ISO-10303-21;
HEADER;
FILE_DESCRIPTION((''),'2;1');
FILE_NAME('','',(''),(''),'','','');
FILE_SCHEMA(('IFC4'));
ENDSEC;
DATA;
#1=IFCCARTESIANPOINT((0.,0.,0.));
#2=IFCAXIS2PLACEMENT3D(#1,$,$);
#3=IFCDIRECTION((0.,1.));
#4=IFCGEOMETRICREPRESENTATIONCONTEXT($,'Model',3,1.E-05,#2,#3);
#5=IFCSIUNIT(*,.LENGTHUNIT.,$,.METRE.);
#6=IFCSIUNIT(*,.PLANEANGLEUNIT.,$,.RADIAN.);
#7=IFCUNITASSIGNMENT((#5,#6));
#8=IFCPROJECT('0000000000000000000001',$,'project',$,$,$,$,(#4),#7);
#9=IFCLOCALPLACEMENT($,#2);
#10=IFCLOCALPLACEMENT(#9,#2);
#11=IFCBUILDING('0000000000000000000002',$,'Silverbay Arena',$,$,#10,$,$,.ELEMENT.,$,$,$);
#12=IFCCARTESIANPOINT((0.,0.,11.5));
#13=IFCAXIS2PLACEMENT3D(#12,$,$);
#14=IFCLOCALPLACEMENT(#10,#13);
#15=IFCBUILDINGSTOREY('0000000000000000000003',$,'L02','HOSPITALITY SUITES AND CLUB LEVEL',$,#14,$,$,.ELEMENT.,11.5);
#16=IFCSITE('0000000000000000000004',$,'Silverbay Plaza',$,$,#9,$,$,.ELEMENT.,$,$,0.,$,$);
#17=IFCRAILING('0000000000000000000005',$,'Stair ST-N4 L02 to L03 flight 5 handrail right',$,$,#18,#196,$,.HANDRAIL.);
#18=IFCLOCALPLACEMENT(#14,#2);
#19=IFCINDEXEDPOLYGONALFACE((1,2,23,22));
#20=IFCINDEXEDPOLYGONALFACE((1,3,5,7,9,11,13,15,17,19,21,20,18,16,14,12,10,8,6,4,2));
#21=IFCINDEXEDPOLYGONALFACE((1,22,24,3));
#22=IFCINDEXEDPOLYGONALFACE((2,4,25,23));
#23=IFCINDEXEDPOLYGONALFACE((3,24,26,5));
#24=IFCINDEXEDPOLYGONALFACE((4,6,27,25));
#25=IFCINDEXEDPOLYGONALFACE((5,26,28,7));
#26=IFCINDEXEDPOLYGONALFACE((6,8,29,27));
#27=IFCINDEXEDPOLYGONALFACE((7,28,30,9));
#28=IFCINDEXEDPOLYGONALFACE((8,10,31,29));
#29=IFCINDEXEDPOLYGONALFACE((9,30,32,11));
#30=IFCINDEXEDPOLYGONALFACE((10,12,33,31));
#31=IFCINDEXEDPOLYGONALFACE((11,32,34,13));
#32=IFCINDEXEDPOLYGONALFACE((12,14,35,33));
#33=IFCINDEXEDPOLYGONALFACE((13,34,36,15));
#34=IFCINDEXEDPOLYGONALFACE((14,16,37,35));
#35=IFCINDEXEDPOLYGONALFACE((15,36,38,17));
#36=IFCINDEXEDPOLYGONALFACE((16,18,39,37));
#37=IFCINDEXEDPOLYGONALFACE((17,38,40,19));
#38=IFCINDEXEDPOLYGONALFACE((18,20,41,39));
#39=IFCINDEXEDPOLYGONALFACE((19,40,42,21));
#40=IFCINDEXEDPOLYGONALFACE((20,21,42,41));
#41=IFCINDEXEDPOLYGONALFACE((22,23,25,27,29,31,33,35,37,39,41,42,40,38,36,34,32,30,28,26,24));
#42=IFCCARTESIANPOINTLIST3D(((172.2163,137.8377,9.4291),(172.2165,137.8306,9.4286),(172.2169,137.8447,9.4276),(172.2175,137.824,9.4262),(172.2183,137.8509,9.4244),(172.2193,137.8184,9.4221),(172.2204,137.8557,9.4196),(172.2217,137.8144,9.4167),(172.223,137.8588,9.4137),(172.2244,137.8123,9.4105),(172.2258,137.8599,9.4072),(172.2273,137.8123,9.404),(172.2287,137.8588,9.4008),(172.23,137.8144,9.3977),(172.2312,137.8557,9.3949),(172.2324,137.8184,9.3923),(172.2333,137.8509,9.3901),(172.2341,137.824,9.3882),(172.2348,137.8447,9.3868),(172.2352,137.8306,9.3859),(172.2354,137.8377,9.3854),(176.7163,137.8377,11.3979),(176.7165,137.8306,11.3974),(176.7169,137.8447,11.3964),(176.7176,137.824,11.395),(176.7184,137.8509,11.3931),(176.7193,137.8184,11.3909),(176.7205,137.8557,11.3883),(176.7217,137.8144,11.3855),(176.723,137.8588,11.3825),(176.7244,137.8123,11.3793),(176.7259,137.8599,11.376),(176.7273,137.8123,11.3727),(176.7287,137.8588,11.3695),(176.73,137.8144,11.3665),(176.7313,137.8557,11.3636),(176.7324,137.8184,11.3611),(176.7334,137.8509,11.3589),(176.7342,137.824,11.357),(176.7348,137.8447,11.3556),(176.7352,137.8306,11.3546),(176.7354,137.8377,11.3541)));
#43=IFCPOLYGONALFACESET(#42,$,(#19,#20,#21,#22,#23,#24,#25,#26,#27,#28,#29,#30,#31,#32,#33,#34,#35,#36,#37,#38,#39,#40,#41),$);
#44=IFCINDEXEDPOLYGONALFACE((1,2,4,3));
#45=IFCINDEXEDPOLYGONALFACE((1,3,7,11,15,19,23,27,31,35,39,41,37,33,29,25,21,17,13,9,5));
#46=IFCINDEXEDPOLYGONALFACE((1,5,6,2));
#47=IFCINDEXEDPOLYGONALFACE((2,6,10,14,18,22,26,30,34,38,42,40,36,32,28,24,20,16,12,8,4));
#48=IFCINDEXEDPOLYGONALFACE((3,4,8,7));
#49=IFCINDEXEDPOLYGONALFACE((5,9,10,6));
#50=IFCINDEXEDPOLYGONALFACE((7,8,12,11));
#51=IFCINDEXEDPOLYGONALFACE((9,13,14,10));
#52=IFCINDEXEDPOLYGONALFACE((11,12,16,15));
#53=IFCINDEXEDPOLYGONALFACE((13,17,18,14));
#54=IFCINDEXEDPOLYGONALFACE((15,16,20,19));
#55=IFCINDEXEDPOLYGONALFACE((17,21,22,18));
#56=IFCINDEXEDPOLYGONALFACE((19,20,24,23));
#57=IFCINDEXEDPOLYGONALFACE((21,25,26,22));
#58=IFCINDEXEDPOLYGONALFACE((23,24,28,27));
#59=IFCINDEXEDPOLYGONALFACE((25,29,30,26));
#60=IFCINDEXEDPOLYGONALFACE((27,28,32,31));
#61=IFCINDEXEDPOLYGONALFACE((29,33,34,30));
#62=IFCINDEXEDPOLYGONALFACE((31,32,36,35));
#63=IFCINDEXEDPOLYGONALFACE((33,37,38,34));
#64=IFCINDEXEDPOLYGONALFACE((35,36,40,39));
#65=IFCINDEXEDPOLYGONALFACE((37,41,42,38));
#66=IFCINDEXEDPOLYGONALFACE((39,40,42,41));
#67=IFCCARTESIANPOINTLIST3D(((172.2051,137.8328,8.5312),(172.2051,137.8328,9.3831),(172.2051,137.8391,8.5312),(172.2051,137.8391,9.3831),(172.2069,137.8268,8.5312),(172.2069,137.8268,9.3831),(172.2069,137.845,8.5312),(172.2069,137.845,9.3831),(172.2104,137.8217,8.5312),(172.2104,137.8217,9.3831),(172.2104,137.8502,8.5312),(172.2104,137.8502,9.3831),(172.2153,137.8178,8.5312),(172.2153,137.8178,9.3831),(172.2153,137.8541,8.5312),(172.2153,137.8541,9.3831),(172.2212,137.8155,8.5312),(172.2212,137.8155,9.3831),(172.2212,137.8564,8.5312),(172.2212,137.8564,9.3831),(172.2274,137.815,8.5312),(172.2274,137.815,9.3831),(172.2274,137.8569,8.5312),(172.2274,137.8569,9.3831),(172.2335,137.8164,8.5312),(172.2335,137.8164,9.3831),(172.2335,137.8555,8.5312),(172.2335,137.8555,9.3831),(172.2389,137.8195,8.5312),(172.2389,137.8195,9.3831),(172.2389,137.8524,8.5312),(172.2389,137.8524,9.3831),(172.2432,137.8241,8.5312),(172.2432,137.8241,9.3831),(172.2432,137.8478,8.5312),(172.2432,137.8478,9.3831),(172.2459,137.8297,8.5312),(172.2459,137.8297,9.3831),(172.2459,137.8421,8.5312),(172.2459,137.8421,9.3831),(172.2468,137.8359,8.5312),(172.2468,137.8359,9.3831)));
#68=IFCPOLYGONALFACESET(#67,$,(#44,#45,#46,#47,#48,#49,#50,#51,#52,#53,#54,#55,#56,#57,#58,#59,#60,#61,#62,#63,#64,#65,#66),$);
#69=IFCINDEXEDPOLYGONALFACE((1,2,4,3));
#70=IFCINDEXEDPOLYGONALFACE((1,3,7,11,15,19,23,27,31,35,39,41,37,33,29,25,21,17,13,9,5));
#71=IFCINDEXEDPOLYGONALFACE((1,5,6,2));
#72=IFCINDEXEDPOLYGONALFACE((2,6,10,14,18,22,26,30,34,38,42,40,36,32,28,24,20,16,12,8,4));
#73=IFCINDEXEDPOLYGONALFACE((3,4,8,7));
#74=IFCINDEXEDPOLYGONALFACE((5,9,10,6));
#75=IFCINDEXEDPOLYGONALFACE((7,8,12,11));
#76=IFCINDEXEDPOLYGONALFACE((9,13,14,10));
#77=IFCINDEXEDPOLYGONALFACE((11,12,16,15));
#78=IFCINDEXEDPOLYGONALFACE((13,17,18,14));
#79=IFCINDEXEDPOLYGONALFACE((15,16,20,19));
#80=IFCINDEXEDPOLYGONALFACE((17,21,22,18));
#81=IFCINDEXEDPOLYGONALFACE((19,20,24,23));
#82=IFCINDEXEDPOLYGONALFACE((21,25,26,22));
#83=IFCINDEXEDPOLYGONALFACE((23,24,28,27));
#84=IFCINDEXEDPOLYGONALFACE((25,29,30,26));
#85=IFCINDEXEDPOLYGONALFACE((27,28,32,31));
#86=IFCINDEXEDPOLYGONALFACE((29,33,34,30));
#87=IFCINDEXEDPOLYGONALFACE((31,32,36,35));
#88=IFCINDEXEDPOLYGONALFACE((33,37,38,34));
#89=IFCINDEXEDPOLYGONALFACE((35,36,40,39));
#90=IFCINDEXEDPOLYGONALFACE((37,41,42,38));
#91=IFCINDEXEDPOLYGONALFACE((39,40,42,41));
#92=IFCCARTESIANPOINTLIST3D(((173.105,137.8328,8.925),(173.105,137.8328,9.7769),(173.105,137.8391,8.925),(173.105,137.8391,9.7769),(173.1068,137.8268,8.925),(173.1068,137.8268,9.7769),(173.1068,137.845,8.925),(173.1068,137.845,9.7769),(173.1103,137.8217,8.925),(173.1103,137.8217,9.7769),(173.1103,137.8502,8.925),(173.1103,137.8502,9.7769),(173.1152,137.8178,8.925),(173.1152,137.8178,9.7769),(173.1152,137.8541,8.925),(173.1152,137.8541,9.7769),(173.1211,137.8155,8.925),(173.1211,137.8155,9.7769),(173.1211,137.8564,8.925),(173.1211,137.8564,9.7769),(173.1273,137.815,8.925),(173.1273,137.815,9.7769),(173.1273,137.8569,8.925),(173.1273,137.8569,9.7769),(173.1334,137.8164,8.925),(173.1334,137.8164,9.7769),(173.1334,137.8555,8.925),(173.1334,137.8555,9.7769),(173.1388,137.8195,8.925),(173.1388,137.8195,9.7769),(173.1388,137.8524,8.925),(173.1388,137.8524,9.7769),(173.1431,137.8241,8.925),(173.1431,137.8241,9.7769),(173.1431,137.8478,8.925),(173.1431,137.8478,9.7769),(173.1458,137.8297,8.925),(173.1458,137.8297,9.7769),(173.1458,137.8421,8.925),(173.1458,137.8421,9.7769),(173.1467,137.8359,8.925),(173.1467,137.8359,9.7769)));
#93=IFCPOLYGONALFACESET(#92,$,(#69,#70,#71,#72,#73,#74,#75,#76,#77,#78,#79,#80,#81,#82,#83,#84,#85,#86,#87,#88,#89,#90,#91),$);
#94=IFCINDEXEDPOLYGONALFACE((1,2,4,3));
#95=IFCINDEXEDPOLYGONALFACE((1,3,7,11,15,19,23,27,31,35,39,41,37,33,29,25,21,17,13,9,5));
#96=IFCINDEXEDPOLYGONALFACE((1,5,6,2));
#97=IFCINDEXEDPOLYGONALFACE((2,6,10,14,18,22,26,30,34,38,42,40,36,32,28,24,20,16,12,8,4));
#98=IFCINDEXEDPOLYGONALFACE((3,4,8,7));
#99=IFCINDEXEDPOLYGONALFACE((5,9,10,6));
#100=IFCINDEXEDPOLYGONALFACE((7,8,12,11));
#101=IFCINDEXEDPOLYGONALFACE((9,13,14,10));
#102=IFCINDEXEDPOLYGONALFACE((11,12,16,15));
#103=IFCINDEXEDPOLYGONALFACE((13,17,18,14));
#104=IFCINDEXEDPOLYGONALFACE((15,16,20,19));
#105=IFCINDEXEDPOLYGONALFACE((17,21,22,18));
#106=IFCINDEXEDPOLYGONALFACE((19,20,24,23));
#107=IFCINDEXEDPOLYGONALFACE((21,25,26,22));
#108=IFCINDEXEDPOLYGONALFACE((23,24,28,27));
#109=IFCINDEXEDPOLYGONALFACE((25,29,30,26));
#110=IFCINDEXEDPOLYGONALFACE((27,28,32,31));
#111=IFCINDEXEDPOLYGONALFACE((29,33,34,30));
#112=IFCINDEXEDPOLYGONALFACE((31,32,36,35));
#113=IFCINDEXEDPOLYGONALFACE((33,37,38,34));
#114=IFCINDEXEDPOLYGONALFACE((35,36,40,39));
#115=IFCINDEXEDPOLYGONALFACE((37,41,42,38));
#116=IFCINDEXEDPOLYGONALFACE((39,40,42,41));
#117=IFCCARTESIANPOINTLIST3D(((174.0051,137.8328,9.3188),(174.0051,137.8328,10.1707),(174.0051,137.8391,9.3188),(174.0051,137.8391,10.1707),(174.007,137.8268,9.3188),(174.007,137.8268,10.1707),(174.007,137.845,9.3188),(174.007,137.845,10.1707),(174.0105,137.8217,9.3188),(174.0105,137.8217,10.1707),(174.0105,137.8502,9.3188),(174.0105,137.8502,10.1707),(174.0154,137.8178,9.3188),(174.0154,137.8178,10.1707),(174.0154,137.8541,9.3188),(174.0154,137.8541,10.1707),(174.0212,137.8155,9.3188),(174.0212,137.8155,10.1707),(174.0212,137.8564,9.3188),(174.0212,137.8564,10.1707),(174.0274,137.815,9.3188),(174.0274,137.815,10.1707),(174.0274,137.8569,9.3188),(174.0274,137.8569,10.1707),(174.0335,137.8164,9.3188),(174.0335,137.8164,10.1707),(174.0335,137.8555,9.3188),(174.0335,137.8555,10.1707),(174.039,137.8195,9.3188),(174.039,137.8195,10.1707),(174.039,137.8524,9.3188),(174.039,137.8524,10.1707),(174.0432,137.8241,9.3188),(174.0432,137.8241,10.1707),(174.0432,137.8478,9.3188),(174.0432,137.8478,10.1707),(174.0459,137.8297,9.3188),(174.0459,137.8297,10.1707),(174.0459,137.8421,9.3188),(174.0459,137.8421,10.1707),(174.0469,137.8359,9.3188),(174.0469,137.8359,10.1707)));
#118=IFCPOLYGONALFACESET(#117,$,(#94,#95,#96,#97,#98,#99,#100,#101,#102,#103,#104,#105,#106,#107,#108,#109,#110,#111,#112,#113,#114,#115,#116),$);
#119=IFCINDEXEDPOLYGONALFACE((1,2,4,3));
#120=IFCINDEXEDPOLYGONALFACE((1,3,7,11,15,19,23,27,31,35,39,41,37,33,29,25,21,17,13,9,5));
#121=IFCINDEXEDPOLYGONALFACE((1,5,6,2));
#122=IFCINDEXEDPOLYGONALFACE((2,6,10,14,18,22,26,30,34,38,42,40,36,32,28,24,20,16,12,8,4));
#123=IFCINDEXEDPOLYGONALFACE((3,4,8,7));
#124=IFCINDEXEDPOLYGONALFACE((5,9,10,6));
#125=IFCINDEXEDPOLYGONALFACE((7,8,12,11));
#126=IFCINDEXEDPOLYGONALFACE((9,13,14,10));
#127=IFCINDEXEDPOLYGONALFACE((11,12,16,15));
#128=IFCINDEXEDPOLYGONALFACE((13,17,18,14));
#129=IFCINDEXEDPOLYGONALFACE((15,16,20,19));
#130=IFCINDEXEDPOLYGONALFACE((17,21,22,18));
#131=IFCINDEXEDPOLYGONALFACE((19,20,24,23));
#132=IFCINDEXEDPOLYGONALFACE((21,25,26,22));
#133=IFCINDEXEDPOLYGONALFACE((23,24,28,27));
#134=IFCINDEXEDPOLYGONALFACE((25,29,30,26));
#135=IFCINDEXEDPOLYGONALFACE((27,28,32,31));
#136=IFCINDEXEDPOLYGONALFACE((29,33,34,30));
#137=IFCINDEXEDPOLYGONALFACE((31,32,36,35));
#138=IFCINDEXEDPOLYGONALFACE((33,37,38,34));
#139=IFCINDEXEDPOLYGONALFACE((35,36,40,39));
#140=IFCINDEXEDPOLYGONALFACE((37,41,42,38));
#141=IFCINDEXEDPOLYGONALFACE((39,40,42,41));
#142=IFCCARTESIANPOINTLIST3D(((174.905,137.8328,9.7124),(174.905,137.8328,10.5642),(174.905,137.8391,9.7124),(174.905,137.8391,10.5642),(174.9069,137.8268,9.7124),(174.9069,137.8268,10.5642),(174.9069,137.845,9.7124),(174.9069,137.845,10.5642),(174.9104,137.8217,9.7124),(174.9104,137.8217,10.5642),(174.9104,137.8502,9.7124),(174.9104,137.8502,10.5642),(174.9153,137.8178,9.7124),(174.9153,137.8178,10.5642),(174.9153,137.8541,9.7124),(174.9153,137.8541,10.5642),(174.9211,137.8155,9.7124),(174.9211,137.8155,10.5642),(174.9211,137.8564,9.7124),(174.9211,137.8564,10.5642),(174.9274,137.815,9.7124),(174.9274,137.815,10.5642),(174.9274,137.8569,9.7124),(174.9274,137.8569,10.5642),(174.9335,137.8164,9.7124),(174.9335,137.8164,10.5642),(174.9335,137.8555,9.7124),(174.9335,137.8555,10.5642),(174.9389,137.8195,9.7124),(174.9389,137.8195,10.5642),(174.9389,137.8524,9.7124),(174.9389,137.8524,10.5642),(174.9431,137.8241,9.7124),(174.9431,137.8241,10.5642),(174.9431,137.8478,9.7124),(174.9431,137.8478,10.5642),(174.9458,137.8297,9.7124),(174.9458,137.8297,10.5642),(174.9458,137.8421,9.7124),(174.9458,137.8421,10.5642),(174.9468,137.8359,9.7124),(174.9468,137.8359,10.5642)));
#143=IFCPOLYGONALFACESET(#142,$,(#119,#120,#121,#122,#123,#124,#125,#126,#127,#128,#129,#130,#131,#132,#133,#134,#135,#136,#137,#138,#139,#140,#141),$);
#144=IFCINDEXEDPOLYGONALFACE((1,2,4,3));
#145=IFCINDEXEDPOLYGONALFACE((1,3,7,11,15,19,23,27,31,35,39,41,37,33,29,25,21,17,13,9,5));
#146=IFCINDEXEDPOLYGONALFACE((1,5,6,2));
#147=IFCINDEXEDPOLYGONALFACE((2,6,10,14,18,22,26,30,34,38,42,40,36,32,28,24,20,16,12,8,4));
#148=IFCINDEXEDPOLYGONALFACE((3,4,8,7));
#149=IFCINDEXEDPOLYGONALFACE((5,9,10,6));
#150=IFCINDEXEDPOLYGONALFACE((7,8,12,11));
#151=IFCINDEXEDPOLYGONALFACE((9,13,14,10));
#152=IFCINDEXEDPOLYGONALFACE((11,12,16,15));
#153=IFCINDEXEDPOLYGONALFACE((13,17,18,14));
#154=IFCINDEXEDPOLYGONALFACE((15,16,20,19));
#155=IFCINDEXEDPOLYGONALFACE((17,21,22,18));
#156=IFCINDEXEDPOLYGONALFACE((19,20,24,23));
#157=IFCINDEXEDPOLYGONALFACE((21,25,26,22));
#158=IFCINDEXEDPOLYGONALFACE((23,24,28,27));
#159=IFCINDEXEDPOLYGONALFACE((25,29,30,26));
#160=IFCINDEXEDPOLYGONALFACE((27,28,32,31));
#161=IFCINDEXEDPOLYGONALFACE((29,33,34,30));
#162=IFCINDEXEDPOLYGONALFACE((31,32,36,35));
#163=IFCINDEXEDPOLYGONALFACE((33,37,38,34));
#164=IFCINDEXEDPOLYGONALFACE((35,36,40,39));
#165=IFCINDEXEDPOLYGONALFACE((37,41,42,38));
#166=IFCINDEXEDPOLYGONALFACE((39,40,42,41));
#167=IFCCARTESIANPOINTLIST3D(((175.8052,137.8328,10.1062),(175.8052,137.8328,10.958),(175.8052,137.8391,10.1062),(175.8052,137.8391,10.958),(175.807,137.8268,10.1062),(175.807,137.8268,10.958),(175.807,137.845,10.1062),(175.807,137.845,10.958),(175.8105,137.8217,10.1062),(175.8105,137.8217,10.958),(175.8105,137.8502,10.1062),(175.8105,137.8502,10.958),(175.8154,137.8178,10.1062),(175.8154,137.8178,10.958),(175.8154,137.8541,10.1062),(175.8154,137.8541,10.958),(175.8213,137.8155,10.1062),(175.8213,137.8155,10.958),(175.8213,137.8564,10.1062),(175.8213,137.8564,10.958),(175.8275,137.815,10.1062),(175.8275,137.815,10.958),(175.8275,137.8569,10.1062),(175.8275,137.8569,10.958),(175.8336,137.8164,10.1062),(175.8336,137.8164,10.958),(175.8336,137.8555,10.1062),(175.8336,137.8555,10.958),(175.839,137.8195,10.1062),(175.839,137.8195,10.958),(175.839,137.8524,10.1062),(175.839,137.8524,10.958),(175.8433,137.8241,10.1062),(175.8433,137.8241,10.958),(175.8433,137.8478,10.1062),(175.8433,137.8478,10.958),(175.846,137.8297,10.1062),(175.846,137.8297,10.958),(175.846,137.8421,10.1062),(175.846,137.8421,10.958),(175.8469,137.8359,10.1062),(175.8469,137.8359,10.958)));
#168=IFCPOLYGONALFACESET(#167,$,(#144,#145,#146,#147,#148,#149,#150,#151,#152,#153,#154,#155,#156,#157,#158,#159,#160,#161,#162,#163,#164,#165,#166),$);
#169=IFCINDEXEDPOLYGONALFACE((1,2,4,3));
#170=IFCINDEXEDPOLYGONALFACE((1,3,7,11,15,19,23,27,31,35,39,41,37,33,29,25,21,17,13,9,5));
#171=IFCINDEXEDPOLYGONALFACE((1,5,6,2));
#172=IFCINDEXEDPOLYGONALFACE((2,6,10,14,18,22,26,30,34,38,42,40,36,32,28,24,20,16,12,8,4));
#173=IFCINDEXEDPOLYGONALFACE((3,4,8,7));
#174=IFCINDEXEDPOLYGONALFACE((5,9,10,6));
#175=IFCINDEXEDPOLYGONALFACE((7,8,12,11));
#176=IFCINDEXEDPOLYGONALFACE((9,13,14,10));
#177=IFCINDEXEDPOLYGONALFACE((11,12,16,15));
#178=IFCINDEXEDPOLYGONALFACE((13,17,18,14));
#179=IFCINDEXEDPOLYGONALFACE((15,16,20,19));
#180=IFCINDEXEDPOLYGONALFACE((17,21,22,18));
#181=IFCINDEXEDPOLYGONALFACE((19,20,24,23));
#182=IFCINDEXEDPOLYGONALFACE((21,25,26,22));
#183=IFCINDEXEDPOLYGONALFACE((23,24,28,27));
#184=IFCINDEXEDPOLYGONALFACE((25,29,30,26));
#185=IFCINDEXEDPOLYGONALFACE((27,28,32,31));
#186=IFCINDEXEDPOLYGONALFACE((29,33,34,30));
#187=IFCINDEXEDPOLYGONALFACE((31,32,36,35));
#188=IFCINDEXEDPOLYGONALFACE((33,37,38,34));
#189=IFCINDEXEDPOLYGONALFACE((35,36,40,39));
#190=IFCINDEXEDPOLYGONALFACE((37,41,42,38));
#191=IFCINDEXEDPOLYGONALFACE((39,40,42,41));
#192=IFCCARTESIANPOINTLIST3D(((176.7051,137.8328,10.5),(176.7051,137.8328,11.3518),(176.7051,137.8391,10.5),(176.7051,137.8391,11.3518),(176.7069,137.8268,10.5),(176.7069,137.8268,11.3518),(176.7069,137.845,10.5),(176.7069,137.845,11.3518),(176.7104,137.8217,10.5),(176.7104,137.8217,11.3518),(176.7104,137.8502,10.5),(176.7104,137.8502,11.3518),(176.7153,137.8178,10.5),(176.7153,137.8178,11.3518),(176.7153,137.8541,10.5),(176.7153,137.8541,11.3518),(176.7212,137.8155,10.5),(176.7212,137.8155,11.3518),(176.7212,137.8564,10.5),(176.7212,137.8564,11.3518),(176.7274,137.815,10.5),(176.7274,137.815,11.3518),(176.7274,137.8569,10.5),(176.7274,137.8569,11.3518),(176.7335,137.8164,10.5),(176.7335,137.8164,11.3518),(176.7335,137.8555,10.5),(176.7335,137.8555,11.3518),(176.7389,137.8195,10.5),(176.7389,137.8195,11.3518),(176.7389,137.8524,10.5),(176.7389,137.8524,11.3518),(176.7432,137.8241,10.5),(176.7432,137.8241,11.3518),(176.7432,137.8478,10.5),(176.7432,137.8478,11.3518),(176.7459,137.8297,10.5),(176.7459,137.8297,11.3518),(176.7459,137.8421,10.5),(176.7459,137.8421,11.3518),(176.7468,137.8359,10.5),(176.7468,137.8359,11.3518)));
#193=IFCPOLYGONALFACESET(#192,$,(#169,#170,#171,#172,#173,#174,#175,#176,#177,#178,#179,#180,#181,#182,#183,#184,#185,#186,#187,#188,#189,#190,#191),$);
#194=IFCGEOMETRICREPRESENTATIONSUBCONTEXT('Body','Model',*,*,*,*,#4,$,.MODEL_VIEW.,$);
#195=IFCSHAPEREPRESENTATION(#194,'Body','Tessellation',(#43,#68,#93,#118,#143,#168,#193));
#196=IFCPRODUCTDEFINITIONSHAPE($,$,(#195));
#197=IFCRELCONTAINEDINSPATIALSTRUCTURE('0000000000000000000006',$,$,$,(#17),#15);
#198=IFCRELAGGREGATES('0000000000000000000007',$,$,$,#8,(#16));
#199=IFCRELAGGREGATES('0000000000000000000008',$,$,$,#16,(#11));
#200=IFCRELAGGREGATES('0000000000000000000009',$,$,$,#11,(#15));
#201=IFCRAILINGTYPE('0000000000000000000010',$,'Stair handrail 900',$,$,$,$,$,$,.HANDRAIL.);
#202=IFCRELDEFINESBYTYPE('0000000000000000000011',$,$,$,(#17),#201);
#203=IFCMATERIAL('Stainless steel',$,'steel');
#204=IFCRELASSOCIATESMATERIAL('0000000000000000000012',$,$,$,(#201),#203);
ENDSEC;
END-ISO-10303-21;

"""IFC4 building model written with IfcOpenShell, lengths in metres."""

from ifc_helpers import new_model, si_unit, direction, frame, origin, origin_2d, place, context, subcontext, project, spatial, circle, extrude, material, type_object, element, save


model = new_model("IFC4")

# Units and contexts
model_context = context("Model", 3, precision=1e-05, world=origin(), true_north=direction((0.0, 1.0)))
body_context = subcontext(model_context, "Body", "Model", "MODEL_VIEW")
ifc_project = project(units=[si_unit("LENGTHUNIT", "METRE"), si_unit("PLANEANGLEUNIT", "RADIAN")], contexts=[model_context])

# Site, building, storey
site_placement = place(None, origin())
site = spatial("IfcSite", under=ifc_project, at=site_placement, Name="Silverbay Plaza", CompositionType="ELEMENT", RefElevation=0.0)
building_placement = place(site_placement, origin())
building = spatial("IfcBuilding", under=site, at=building_placement, Name="Silverbay Arena", CompositionType="ELEMENT")
storey_placement = place(building_placement, frame((0.0, 0.0, 11.5)))
storey = spatial("IfcBuildingStorey", under=building, at=storey_placement, Name="L02", Description="HOSPITALITY SUITES AND CLUB LEVEL", CompositionType="ELEMENT", Elevation=11.5)

# Railing
ifc_material_1 = material(Name="Stainless steel", Category="steel")
railing_type_1 = type_object("IfcRailingType", Name="Stair handrail 900", PredefinedType="HANDRAIL", material=ifc_material_1)
for number, where, name in (
    (1, (172.2258, 137.8359, 8.5312), "Stair ST-N4 L02 to L03 flight 5 handrail right"),
):
    element("IfcRailing", number, at=place(storey_placement, frame(where)), inside=storey, type_object=railing_type_1, Name=name, PredefinedType="HANDRAIL", context=body_context, shape_type="SweptSolid", body=[
        extrude(circle(Radius=0.0239, at=origin_2d()), frame((0.0, 0.0, 0.876), z_axis=(0.916157, 0.0, 0.400819), x_axis=(0.0, 1.0, 0.0)), (0.0, 0.0, 1.0), 4.9119),
        extrude(circle(Radius=0.021, at=origin_2d()), origin(), (0.0, 0.0, 1.0), 0.8518),
        extrude(circle(Radius=0.021, at=origin_2d()), frame((0.8999, 0.0, 0.3938)), (0.0, 0.0, 1.0), 0.8518),
        extrude(circle(Radius=0.021, at=origin_2d()), frame((1.8, 0.0, 0.7876)), (0.0, 0.0, 1.0), 0.8518),
        extrude(circle(Radius=0.021, at=origin_2d()), frame((2.7, 0.0, 1.1812)), (0.0, 0.0, 1.0), 0.8518),
        extrude(circle(Radius=0.021, at=origin_2d()), frame((3.6001, 0.0, 1.575)), (0.0, 0.0, 1.0), 0.8518),
        extrude(circle(Radius=0.021, at=origin_2d()), frame((4.5, 0.0, 1.9688)), (0.0, 0.0, 1.0), 0.8518),
    ])

save(model, "model.ifc")
